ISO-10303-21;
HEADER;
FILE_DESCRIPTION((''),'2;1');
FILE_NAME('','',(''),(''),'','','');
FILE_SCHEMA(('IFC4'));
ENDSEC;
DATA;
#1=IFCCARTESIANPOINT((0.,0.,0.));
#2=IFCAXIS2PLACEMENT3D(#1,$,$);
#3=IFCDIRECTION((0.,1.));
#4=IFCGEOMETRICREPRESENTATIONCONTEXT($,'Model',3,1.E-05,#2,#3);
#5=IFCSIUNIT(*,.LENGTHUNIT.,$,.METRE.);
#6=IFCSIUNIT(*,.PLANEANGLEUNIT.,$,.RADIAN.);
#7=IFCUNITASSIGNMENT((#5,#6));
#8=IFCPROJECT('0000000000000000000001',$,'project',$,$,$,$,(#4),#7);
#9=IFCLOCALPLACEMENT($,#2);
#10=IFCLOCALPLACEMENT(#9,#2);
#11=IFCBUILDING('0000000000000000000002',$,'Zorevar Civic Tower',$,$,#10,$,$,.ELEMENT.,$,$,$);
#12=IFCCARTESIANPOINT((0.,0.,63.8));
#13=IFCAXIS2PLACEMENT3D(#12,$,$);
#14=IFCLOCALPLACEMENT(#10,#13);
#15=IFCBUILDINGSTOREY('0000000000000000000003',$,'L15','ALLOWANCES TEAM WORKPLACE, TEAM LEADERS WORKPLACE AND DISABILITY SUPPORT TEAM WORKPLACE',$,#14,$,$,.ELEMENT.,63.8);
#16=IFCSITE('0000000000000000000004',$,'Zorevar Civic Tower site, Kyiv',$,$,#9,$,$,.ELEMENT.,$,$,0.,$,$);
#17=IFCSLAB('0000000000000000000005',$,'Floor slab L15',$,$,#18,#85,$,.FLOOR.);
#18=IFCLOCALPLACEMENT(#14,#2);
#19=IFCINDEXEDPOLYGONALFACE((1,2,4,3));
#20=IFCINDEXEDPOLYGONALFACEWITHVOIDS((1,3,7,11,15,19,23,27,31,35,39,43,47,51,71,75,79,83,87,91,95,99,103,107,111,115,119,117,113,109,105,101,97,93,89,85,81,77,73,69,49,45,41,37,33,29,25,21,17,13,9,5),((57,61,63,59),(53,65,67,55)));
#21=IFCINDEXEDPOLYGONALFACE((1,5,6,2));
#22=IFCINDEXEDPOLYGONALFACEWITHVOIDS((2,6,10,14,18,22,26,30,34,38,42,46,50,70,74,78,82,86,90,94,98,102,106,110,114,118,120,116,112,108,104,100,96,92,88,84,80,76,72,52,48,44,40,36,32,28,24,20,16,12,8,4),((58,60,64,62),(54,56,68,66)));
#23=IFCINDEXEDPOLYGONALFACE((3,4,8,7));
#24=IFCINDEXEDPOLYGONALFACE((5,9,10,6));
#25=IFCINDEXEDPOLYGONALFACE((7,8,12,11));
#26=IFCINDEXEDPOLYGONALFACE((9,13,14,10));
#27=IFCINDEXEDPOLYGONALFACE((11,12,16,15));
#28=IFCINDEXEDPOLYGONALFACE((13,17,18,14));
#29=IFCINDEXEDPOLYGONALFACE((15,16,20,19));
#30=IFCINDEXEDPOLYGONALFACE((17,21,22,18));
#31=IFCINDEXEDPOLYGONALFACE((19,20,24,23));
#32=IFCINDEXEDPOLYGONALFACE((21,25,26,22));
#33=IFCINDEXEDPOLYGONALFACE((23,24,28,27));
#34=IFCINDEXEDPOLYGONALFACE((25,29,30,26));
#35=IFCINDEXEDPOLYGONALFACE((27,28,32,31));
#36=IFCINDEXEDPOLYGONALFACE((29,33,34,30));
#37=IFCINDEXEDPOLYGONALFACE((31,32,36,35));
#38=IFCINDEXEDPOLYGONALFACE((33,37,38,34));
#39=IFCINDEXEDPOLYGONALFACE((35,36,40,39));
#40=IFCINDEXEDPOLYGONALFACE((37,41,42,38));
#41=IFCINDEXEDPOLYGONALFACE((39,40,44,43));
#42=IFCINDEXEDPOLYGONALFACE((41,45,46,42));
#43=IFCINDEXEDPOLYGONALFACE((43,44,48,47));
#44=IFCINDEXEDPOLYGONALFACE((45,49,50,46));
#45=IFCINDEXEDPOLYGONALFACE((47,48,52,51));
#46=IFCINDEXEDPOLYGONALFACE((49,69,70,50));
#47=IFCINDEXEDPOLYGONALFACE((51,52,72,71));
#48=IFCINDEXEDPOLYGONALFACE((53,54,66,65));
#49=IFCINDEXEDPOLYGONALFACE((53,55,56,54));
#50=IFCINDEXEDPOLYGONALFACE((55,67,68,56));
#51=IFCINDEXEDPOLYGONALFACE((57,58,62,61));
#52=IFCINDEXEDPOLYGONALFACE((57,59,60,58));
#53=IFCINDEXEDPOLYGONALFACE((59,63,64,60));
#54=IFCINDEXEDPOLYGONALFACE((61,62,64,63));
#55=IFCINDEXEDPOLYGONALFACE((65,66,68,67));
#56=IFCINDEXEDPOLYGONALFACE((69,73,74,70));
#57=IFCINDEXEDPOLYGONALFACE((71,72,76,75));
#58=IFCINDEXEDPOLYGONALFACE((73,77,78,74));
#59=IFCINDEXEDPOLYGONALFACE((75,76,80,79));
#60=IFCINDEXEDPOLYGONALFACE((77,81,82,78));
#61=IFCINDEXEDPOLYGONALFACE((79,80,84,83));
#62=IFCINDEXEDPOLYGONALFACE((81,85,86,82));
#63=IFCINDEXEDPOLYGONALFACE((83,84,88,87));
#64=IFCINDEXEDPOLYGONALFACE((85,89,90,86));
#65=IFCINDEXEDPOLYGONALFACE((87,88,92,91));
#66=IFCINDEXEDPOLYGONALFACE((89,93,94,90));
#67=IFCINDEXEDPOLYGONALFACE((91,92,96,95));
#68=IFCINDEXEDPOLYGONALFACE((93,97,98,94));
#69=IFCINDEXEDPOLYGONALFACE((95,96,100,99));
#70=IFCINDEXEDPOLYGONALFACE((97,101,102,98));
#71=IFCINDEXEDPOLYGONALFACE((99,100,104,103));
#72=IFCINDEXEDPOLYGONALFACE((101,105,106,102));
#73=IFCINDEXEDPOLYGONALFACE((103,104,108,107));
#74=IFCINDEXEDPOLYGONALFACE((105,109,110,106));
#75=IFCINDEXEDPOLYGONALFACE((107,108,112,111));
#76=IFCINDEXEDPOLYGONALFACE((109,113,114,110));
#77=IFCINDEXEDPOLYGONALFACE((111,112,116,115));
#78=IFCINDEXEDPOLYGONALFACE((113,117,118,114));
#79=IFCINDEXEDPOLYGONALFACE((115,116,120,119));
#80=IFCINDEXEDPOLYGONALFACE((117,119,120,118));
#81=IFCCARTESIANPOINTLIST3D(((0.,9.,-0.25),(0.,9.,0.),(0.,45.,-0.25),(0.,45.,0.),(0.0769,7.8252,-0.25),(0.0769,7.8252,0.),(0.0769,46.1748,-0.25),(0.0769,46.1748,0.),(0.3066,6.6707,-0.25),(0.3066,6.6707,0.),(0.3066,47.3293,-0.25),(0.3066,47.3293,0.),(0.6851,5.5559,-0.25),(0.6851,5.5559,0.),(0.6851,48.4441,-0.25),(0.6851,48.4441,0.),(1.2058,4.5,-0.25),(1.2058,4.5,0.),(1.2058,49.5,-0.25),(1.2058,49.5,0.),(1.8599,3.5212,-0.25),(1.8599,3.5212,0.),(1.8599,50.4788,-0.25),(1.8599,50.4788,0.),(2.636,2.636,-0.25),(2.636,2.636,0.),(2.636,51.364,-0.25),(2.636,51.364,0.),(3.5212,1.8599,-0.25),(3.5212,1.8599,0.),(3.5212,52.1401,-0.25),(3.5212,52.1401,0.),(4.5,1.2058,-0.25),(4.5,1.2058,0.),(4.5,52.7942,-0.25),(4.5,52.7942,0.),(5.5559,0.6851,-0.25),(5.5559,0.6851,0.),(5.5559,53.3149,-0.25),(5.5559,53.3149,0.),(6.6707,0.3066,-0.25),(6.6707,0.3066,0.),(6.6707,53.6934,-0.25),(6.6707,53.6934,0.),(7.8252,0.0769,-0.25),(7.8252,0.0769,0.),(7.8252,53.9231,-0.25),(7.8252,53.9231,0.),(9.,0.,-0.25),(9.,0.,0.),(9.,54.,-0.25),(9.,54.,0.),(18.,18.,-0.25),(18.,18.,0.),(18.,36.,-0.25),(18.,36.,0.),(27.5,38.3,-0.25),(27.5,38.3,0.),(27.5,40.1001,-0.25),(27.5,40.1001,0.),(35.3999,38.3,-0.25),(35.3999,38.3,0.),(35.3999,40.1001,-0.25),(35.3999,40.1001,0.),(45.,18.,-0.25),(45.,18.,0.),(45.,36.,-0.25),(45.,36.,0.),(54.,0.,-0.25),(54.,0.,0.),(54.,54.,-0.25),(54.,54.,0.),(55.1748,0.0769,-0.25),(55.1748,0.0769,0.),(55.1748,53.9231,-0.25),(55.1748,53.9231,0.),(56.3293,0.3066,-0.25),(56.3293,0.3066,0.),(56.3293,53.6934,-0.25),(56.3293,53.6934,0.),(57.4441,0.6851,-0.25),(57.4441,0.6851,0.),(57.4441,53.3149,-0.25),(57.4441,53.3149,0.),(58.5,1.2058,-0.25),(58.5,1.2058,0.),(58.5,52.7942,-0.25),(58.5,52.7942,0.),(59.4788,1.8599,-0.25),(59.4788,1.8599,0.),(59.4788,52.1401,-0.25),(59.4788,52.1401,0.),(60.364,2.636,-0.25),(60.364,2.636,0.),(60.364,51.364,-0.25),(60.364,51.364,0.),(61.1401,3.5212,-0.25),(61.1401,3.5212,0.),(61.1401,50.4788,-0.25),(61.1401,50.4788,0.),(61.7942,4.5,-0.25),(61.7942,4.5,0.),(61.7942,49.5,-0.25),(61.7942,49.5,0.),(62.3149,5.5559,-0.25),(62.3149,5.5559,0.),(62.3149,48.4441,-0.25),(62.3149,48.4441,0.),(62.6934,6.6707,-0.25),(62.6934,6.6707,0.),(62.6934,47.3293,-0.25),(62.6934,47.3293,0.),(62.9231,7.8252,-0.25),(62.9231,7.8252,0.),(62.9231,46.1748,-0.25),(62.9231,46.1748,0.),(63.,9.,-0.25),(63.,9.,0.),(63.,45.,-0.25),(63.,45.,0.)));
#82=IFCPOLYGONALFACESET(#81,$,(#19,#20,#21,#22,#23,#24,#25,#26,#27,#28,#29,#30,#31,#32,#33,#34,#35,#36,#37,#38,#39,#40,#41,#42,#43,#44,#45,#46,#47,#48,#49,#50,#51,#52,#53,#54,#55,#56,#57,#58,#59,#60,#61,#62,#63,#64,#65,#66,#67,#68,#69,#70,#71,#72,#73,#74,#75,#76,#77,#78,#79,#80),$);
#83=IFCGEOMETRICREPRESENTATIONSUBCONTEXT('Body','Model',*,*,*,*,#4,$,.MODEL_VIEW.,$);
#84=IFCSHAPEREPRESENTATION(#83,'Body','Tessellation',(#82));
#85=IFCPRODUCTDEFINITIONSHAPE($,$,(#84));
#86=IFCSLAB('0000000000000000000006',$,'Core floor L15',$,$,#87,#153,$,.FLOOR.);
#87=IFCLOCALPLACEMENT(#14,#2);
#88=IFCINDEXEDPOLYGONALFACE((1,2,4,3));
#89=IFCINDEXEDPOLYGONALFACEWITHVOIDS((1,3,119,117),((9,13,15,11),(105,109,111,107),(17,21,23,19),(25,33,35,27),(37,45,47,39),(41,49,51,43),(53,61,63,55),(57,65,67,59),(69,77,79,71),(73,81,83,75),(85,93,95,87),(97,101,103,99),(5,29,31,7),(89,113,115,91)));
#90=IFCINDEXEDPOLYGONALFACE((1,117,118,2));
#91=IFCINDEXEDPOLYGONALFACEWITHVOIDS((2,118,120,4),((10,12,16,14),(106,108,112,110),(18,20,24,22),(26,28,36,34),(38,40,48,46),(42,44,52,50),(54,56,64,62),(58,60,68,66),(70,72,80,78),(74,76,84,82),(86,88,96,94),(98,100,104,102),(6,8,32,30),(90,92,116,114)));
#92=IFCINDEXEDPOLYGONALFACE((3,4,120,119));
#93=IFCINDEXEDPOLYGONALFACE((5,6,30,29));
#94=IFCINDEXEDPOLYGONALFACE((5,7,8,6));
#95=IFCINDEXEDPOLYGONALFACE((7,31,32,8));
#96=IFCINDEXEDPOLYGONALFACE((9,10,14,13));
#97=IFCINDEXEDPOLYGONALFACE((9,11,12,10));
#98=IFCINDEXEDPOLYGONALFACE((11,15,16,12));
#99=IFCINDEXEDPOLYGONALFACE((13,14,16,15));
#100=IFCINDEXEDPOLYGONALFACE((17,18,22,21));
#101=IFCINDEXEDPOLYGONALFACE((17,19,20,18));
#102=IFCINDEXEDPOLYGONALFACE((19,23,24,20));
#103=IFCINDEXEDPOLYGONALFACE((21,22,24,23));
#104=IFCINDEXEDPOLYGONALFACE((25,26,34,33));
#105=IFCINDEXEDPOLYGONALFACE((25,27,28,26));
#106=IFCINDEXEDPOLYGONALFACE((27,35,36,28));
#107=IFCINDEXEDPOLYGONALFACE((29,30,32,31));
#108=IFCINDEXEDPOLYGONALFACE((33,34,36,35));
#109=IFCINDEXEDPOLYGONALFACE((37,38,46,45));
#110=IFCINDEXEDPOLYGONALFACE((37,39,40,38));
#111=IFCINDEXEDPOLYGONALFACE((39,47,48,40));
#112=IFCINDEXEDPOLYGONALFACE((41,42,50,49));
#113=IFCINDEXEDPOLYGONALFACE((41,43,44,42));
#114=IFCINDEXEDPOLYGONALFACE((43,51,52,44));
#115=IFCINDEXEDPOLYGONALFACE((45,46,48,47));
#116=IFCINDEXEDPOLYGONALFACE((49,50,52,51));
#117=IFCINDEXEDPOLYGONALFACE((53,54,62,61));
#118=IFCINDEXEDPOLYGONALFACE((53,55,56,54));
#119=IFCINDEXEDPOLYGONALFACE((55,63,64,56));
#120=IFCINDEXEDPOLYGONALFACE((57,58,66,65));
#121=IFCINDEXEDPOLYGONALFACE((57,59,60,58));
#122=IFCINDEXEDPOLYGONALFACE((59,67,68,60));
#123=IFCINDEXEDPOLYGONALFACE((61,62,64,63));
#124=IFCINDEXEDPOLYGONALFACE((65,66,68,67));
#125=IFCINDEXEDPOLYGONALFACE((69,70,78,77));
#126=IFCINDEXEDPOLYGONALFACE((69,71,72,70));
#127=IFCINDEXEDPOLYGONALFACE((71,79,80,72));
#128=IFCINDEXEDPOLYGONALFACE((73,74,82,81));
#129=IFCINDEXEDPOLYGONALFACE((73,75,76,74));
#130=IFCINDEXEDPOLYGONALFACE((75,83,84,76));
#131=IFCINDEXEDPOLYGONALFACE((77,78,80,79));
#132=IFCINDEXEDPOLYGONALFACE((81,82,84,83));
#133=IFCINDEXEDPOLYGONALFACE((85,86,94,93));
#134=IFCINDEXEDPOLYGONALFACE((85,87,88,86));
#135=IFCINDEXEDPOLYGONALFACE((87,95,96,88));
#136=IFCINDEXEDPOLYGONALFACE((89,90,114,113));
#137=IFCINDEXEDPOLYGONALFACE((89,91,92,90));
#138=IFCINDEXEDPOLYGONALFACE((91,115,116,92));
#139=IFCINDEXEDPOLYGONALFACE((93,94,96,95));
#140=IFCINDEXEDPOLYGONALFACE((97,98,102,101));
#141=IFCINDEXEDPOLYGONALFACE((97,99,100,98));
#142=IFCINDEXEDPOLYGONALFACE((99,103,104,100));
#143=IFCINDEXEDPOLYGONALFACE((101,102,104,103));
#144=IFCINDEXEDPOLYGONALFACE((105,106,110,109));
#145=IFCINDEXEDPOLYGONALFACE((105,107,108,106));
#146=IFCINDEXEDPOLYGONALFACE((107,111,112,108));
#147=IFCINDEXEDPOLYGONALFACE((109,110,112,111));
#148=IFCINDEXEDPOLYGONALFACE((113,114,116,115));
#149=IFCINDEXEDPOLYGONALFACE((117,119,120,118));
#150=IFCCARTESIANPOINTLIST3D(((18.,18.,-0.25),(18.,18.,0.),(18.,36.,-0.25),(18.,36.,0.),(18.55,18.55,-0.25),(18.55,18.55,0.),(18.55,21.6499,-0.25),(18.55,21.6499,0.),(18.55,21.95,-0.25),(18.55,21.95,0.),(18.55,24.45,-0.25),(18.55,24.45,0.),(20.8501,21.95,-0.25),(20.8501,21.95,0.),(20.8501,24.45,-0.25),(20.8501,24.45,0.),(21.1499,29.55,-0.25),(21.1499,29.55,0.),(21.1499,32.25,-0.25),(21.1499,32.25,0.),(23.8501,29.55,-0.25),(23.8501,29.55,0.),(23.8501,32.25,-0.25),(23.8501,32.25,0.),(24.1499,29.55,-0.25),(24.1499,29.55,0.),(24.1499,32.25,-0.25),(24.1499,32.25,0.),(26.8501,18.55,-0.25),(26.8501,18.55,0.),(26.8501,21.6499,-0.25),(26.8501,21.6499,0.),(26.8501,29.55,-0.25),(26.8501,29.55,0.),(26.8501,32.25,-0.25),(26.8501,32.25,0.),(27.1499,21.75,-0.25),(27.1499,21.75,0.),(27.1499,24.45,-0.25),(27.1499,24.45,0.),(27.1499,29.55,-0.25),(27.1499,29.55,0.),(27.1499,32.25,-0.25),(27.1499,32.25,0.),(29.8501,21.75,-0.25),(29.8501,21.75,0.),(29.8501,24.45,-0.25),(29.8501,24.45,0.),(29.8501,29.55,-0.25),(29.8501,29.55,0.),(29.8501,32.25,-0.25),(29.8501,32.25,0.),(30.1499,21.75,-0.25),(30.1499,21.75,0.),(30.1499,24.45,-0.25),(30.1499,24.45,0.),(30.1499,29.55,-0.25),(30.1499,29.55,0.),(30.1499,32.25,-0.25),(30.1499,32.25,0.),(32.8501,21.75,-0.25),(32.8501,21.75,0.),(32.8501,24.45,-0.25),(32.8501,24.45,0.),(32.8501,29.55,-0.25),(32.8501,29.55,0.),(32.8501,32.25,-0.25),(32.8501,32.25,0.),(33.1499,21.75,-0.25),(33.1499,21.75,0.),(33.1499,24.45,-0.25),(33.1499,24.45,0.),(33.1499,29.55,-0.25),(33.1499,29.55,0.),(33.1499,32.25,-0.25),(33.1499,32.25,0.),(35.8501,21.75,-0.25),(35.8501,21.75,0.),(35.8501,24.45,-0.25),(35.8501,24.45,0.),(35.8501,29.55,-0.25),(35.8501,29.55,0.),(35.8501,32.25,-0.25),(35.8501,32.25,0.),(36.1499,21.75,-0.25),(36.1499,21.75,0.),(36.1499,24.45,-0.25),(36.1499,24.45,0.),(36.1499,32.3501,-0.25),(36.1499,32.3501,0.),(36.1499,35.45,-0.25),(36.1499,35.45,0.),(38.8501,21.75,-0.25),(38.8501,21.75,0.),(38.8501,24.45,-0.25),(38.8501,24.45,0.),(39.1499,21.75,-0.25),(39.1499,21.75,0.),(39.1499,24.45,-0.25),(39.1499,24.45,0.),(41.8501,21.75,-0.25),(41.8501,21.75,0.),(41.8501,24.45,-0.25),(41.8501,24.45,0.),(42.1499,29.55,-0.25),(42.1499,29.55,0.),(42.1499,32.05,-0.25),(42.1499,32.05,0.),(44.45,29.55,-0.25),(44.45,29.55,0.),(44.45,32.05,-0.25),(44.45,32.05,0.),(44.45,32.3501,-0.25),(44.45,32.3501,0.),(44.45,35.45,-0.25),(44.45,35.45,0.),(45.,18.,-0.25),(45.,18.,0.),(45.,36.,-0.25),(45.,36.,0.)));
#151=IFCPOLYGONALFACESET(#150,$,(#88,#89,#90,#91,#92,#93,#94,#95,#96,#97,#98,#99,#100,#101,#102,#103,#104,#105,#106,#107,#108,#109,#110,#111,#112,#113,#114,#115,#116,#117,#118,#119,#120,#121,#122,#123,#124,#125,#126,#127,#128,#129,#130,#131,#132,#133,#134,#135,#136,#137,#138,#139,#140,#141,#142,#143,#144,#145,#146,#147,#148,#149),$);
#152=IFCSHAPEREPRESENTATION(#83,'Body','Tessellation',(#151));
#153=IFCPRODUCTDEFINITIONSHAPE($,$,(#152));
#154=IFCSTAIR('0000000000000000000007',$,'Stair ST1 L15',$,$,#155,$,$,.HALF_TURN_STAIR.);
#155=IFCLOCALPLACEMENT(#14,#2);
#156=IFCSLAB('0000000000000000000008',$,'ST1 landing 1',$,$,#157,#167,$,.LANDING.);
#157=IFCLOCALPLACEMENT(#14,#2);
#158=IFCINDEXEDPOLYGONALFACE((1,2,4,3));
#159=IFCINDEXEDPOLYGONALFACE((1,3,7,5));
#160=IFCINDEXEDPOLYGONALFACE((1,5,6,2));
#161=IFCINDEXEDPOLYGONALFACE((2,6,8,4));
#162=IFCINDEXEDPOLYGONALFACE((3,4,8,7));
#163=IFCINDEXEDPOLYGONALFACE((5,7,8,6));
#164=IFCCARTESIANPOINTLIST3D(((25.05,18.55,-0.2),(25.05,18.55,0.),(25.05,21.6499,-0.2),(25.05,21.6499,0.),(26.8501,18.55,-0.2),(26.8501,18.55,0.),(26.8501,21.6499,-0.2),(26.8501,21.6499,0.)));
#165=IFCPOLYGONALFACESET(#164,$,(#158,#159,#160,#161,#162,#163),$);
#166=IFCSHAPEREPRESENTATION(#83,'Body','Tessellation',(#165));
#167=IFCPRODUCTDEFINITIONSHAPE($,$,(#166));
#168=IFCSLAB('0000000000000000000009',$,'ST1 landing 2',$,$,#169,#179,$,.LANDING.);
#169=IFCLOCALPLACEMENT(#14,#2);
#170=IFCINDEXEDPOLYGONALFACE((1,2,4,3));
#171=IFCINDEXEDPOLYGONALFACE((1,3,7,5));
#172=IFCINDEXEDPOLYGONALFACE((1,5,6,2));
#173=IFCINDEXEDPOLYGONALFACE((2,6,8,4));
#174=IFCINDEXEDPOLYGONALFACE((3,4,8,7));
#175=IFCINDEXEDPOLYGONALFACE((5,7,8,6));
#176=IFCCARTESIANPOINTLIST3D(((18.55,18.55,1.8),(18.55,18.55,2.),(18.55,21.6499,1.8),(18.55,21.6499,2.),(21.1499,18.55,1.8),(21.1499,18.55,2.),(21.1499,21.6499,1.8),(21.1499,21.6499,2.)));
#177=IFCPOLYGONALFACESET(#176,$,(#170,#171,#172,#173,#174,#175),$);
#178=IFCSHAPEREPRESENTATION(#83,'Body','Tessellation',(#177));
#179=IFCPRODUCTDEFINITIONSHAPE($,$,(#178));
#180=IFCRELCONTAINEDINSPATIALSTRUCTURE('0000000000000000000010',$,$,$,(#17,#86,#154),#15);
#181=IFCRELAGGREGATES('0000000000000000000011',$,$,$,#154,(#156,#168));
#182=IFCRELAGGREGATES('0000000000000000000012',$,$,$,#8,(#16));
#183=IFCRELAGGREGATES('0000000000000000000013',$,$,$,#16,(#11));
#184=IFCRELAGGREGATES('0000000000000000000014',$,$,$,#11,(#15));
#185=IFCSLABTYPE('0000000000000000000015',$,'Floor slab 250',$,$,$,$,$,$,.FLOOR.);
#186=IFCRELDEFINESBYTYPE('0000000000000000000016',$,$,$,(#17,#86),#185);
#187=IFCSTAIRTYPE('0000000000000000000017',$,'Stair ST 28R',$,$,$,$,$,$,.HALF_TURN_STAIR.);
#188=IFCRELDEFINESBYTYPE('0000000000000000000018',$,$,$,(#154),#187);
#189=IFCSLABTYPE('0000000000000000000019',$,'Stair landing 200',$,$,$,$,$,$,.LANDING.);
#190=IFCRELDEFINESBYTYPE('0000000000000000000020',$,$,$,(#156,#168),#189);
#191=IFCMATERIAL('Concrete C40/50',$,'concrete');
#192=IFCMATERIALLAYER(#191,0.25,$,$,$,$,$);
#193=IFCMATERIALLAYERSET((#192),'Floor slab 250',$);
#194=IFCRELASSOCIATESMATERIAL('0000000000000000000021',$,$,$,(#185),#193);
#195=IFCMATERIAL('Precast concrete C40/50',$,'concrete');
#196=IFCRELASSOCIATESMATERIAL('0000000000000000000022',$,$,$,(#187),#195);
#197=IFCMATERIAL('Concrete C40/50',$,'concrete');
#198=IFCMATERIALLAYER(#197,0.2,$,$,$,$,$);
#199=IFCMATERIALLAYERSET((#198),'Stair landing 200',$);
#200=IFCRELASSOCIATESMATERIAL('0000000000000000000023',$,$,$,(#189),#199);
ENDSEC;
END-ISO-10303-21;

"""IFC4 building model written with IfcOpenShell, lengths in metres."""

from ifc_helpers import new_model, si_unit, direction, frame, origin, place, context, subcontext, project, spatial, polyline, outline, extrude, material, layer, layer_set, type_object, element, aggregate, save


model = new_model("IFC4")

# Units and contexts
model_context = context("Model", 3, precision=1e-05, world=origin(), true_north=direction((0.0, 1.0)))
body_context = subcontext(model_context, "Body", "Model", "MODEL_VIEW")
ifc_project = project(units=[si_unit("LENGTHUNIT", "METRE"), si_unit("PLANEANGLEUNIT", "RADIAN")], contexts=[model_context])

# Site, building, storey
site_placement = place(None, origin())
site = spatial("IfcSite", under=ifc_project, at=site_placement, Name="Zorevar Civic Tower site, Kyiv", CompositionType="ELEMENT", RefElevation=0.0)
building_placement = place(site_placement, origin())
building = spatial("IfcBuilding", under=site, at=building_placement, Name="Zorevar Civic Tower", CompositionType="ELEMENT")
storey_placement = place(building_placement, frame((0.0, 0.0, 63.8)))
storey = spatial("IfcBuildingStorey", under=building, at=storey_placement, Name="L15", Description="ALLOWANCES TEAM WORKPLACE, TEAM LEADERS WORKPLACE AND DISABILITY SUPPORT TEAM WORKPLACE", CompositionType="ELEMENT", Elevation=63.8)

# Slabs
ifc_material_1 = material(Name="Concrete C40/50", Category="concrete")
ifc_layer_1 = layer(ifc_material_1, 0.25)
ifc_layer_set_1 = layer_set([ifc_layer_1], Name="Floor slab 250")
slab_type_1 = type_object("IfcSlabType", Name="Floor slab 250", PredefinedType="FLOOR", material=ifc_layer_set_1)
slab_1_placement = place(storey_placement, frame((0.0, 0.0, -0.25)))
element("IfcSlab", 1, at=slab_1_placement, inside=storey, type_object=slab_type_1, Name="Floor slab L15", PredefinedType="FLOOR", context=body_context, shape_type="SweptSolid", body=[
    extrude(outline(polyline([(54.0, 0.0), (55.1748, 0.0769), (56.3293, 0.3066), (57.4441, 0.6851), (58.5, 1.2058), (59.4788, 1.8599), (60.364, 2.636), (61.1401, 3.5212), (61.7942, 4.5), (62.3149, 5.5559), (62.6934, 6.6707), (62.9231, 7.8252), (63.0, 9.0), (63.0, 45.0), (62.9231, 46.1748), (62.6934, 47.3293), (62.3149, 48.4441), (61.7942, 49.5), (61.1401, 50.4788), (60.364, 51.364), (59.4788, 52.1401), (58.5, 52.7942), (57.4441, 53.3149), (56.3293, 53.6934), (55.1748, 53.9231), (54.0, 54.0), (9.0, 54.0), (7.8252, 53.9231), (6.6707, 53.6934), (5.5559, 53.3149), (4.5, 52.7942), (3.5212, 52.1401), (2.636, 51.364), (1.8599, 50.4788), (1.2058, 49.5), (0.6851, 48.4441), (0.3066, 47.3293), (0.0769, 46.1748), (0.0, 45.0), (0.0, 9.0), (0.0769, 7.8252), (0.3066, 6.6707), (0.6851, 5.5559), (1.2058, 4.5), (1.8599, 3.5212), (2.636, 2.636), (3.5212, 1.8599), (4.5, 1.2058), (5.5559, 0.6851), (6.6707, 0.3066), (7.8252, 0.0769), (9.0, 0.0), (54.0, 0.0)]), holes=[polyline([(18.0, 18.0), (45.0, 18.0), (45.0, 36.0), (18.0, 36.0), (18.0, 18.0)]), polyline([(27.5, 38.3), (35.3999, 38.3), (35.3999, 40.1001), (27.5, 40.1001), (27.5, 38.3)])]), origin(), (0.0, 0.0, 1.0), 0.25),
])
slab_2_placement = place(storey_placement, frame((0.0, 0.0, -0.25)))
element("IfcSlab", 2, at=slab_2_placement, inside=storey, type_object=slab_type_1, Name="Core floor L15", PredefinedType="FLOOR", context=body_context, shape_type="SweptSolid", body=[
    extrude(outline(polyline([(18.0, 18.0), (45.0, 18.0), (45.0, 36.0), (18.0, 36.0), (18.0, 18.0)]), holes=[polyline([(18.55, 18.55), (26.8501, 18.55), (26.8501, 21.6499), (18.55, 21.6499), (18.55, 18.55)]), polyline([(36.1499, 32.3501), (44.45, 32.3501), (44.45, 35.45), (36.1499, 35.45), (36.1499, 32.3501)]), polyline([(18.55, 21.95), (20.8501, 21.95), (20.8501, 24.45), (18.55, 24.45), (18.55, 21.95)]), polyline([(42.1499, 29.55), (44.45, 29.55), (44.45, 32.05), (42.1499, 32.05), (42.1499, 29.55)]), polyline([(27.1499, 21.75), (29.8501, 21.75), (29.8501, 24.45), (27.1499, 24.45), (27.1499, 21.75)]), polyline([(33.1499, 29.55), (35.8501, 29.55), (35.8501, 32.25), (33.1499, 32.25), (33.1499, 29.55)]), polyline([(30.1499, 21.75), (32.8501, 21.75), (32.8501, 24.45), (30.1499, 24.45), (30.1499, 21.75)]), polyline([(30.1499, 29.55), (32.8501, 29.55), (32.8501, 32.25), (30.1499, 32.25), (30.1499, 29.55)]), polyline([(33.1499, 21.75), (35.8501, 21.75), (35.8501, 24.45), (33.1499, 24.45), (33.1499, 21.75)]), polyline([(27.1499, 29.55), (29.8501, 29.55), (29.8501, 32.25), (27.1499, 32.25), (27.1499, 29.55)]), polyline([(36.1499, 21.75), (38.8501, 21.75), (38.8501, 24.45), (36.1499, 24.45), (36.1499, 21.75)]), polyline([(24.1499, 29.55), (26.8501, 29.55), (26.8501, 32.25), (24.1499, 32.25), (24.1499, 29.55)]), polyline([(39.1499, 21.75), (41.8501, 21.75), (41.8501, 24.45), (39.1499, 24.45), (39.1499, 21.75)]), polyline([(21.1499, 29.55), (23.8501, 29.55), (23.8501, 32.25), (21.1499, 32.25), (21.1499, 29.55)])]), origin(), (0.0, 0.0, 1.0), 0.25),
])

# Stair, slabs
ifc_material_2 = material(Name="Precast concrete C40/50", Category="concrete")
stair_type = type_object("IfcStairType", Name="Stair ST 28R", PredefinedType="HALF_TURN_STAIR", material=ifc_material_2)
stair_1_placement = place(storey_placement, origin())
stair_1 = element("IfcStair", 3, at=stair_1_placement, inside=storey, type_object=stair_type, Name="Stair ST1 L15", PredefinedType="HALF_TURN_STAIR")
ifc_material_3 = material(Name="Concrete C40/50", Category="concrete")
ifc_layer_2 = layer(ifc_material_3, 0.2)
ifc_layer_set_2 = layer_set([ifc_layer_2], Name="Stair landing 200")
slab_type_2 = type_object("IfcSlabType", Name="Stair landing 200", PredefinedType="LANDING", material=ifc_layer_set_2)
slab_3_placement = place(storey_placement, frame((0.0, 0.0, -0.2)))
slab_3 = element("IfcSlab", 4, at=slab_3_placement, type_object=slab_type_2, Name="ST1 landing 1", PredefinedType="LANDING", context=body_context, shape_type="SweptSolid", body=[
    extrude(outline(polyline([(25.05, 18.55), (26.8501, 18.55), (26.8501, 21.6499), (25.05, 21.6499), (25.05, 18.55)])), origin(), (0.0, 0.0, 1.0), 0.2),
])
slab_4_placement = place(storey_placement, frame((0.0, 0.0, 1.8)))
slab_4 = element("IfcSlab", 5, at=slab_4_placement, type_object=slab_type_2, Name="ST1 landing 2", PredefinedType="LANDING", context=body_context, shape_type="SweptSolid", body=[
    extrude(outline(polyline([(18.55, 18.55), (21.1499, 18.55), (21.1499, 21.6499), (18.55, 21.6499), (18.55, 18.55)])), origin(), (0.0, 0.0, 1.0), 0.2),
])
aggregate(stair_1, [slab_3, slab_4])

save(model, "model.ifc")
